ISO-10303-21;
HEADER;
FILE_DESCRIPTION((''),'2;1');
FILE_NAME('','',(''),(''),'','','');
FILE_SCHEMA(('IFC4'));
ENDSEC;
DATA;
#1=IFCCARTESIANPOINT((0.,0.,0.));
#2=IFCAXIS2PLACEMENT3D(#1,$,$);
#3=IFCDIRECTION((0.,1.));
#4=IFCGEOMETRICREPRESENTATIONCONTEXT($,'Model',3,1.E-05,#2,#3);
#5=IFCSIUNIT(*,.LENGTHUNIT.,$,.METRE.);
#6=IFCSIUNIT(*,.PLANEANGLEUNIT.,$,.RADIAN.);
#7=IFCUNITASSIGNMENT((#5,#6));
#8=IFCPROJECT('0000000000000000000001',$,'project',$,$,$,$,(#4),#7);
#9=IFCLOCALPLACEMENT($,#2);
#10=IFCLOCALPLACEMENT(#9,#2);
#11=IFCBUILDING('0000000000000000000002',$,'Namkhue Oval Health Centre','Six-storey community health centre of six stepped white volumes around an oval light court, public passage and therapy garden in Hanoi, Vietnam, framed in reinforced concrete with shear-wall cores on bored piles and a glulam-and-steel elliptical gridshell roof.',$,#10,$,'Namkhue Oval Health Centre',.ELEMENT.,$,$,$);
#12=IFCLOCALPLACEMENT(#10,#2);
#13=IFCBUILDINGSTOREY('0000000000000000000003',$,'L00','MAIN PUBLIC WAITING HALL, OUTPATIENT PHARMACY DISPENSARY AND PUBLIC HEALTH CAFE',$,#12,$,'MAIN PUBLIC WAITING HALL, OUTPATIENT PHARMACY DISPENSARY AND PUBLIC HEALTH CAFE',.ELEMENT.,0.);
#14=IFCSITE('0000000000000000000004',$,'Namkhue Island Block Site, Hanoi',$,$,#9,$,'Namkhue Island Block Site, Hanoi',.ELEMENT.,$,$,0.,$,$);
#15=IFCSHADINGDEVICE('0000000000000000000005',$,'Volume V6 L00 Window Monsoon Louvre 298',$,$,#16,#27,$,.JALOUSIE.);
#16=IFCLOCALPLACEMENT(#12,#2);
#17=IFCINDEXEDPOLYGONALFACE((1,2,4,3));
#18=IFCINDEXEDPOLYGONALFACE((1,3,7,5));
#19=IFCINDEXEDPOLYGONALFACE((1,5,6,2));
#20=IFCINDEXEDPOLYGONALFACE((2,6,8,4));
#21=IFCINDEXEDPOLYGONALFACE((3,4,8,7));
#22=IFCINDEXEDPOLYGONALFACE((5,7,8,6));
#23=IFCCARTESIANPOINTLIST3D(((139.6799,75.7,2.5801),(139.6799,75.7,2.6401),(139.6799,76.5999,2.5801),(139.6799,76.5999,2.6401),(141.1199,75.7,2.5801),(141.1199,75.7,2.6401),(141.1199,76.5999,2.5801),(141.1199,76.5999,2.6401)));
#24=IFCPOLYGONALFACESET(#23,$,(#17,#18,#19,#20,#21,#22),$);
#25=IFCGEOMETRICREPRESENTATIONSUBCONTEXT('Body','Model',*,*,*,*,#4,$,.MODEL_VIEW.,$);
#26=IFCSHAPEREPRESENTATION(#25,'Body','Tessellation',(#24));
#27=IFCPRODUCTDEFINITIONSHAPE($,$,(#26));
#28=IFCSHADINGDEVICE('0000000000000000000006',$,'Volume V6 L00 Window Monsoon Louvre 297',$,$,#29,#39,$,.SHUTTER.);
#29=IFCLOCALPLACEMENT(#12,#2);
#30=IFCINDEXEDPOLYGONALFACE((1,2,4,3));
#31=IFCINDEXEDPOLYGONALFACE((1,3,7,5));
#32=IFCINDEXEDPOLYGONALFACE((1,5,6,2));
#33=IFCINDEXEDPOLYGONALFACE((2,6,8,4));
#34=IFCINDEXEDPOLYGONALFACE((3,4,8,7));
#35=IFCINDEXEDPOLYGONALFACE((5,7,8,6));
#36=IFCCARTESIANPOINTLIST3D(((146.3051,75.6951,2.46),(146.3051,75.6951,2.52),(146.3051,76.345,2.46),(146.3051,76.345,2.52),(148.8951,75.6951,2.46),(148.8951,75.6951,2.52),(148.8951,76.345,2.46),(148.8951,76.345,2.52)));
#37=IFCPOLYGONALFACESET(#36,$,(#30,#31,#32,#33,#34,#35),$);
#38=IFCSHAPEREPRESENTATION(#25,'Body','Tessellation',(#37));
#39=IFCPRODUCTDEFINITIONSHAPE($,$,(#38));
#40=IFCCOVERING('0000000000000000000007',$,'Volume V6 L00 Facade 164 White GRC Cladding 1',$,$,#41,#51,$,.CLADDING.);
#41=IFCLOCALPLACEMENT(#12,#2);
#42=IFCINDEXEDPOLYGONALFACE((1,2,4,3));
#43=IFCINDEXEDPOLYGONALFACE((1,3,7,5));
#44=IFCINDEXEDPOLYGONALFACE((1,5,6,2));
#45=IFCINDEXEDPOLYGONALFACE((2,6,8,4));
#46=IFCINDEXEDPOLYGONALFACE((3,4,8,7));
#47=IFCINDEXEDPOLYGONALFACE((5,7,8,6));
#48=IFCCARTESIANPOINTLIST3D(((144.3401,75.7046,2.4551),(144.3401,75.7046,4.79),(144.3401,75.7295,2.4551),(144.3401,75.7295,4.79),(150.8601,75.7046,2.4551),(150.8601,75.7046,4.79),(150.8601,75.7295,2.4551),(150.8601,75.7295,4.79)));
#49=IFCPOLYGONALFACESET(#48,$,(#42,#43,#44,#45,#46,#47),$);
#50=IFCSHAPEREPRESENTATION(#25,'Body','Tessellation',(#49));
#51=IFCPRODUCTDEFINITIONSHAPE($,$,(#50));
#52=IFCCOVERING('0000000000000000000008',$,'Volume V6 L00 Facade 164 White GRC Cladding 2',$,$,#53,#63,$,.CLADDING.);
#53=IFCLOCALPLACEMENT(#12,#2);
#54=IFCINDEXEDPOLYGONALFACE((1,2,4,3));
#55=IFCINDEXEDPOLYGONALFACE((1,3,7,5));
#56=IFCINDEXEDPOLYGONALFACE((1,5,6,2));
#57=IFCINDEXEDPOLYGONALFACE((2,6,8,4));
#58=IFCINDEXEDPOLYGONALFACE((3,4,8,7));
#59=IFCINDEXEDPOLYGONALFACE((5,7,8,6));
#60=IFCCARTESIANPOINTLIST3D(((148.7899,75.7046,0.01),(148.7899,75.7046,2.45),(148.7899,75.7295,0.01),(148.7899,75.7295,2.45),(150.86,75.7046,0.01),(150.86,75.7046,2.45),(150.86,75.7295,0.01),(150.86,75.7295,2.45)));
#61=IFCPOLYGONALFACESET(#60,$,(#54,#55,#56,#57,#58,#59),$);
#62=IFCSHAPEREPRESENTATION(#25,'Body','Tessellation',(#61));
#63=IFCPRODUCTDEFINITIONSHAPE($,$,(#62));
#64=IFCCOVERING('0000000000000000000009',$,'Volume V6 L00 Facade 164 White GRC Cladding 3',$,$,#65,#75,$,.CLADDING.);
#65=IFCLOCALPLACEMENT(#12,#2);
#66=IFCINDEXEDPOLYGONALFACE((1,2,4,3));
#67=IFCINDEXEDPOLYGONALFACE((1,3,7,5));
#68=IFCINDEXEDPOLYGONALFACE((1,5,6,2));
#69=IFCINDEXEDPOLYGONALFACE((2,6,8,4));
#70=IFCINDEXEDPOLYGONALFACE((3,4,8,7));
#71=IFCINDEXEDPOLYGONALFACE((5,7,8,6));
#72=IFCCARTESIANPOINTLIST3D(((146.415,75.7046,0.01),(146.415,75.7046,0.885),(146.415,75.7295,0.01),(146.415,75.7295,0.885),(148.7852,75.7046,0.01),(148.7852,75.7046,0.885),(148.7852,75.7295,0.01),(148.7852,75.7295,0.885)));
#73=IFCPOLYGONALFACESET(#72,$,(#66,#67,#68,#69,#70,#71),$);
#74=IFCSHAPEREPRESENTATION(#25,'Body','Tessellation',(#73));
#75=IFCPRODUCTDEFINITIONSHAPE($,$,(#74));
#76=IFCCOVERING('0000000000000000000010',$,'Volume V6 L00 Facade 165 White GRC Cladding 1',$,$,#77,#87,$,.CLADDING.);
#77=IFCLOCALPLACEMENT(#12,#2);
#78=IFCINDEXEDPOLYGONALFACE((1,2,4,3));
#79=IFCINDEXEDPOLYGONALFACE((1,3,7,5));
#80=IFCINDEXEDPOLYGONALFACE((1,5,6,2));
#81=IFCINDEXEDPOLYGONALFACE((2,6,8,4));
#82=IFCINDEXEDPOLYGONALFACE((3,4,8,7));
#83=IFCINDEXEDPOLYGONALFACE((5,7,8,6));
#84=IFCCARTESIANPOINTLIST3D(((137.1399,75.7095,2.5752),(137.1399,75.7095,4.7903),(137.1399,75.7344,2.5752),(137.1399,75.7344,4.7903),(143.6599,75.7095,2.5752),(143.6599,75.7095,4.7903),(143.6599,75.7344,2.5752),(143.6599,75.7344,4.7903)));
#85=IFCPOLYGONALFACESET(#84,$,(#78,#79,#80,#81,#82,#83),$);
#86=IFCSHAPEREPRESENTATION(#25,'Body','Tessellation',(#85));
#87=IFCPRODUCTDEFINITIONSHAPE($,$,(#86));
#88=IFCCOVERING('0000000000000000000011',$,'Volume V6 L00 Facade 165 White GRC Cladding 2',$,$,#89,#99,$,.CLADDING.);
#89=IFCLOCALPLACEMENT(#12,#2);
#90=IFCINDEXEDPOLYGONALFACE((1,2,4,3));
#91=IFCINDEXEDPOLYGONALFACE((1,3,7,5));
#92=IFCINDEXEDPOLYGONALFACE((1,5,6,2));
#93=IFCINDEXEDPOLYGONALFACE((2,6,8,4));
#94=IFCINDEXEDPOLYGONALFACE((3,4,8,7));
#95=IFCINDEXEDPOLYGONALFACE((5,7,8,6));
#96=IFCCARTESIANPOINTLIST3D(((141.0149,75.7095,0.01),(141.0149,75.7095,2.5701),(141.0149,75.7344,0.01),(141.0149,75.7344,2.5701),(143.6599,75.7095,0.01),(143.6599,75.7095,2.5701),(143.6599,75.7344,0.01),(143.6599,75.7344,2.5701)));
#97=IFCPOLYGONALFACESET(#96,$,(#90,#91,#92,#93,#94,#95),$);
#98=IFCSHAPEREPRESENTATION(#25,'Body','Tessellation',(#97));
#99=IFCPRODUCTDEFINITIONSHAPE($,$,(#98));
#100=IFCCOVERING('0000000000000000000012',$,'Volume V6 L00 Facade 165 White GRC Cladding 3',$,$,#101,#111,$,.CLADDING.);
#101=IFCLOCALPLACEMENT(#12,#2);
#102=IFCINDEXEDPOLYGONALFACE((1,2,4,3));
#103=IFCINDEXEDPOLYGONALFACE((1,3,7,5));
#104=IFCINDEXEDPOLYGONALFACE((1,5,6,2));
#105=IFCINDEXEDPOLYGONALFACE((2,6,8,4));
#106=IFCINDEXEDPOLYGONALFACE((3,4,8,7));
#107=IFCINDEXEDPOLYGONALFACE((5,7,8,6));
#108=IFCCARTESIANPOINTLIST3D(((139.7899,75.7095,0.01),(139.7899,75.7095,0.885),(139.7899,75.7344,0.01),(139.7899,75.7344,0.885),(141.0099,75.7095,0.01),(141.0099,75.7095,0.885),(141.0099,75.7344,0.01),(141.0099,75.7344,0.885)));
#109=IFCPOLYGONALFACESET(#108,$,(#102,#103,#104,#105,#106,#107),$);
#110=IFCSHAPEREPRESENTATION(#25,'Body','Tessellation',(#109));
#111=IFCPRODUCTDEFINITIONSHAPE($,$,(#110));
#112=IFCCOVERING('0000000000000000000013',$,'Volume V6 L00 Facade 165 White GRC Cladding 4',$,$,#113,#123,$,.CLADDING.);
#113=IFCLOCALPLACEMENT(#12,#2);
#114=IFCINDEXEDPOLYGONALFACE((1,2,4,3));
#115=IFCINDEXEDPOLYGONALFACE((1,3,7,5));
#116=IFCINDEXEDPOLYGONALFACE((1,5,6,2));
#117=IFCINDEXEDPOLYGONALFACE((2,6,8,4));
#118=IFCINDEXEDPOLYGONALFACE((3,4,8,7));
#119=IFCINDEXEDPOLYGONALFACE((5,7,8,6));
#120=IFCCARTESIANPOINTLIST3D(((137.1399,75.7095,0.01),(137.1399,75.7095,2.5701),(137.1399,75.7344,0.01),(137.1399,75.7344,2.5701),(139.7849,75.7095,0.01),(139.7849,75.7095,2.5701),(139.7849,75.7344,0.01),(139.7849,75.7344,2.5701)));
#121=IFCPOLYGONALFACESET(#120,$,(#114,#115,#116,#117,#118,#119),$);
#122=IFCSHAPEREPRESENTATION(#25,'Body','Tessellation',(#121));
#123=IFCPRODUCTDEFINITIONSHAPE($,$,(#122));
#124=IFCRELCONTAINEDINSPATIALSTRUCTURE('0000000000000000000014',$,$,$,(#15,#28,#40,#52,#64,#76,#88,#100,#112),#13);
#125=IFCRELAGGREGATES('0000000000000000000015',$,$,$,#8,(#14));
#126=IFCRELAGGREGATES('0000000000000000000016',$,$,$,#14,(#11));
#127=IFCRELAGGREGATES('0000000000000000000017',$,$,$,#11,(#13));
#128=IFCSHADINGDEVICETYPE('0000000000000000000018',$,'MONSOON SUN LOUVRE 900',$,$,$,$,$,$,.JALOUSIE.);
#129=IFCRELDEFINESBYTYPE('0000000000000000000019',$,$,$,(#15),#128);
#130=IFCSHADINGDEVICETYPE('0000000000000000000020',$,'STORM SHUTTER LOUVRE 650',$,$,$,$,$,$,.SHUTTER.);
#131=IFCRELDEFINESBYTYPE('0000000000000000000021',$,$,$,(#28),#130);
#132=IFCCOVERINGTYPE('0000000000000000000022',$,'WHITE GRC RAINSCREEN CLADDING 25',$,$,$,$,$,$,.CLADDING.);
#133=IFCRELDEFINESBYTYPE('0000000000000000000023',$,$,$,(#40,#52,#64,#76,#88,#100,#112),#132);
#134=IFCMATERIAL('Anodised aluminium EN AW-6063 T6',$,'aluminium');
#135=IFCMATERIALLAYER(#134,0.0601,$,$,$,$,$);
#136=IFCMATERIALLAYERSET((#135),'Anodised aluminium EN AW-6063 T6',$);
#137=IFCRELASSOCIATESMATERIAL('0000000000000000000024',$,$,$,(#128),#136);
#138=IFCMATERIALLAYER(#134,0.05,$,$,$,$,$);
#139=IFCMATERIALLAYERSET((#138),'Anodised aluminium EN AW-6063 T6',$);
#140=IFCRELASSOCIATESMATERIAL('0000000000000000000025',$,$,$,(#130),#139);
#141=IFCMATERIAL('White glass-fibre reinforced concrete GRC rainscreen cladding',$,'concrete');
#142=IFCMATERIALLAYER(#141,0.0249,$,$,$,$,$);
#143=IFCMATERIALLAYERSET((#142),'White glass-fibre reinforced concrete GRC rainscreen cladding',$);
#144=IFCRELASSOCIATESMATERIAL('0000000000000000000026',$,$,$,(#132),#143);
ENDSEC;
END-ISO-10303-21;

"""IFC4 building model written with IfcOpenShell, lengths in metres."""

from ifc_helpers import new_model, si_unit, direction, frame, origin, origin_2d, place, context, subcontext, project, spatial, rectangle, extrude, material, layer, layer_set, type_object, element, save


model = new_model("IFC4")

# Units and contexts
model_context = context("Model", 3, precision=1e-05, world=origin(), true_north=direction((0.0, 1.0)))
body_context = subcontext(model_context, "Body", "Model", "MODEL_VIEW")
ifc_project = project(units=[si_unit("LENGTHUNIT", "METRE"), si_unit("PLANEANGLEUNIT", "RADIAN")], contexts=[model_context])

# Site, building, storey
site_placement = place(None, origin())
site = spatial("IfcSite", under=ifc_project, at=site_placement, Name="Namkhue Island Block Site, Hanoi", LongName="Namkhue Island Block Site, Hanoi", CompositionType="ELEMENT", RefElevation=0.0)
building_placement = place(site_placement, origin())
building = spatial("IfcBuilding", under=site, at=building_placement, Name="Namkhue Oval Health Centre", Description="Six-storey community health centre of six stepped white volumes around an oval light court, public passage and therapy garden in Hanoi, Vietnam, framed in reinforced concrete with shear-wall cores on bored piles and a glulam-and-steel elliptical gridshell roof.", LongName="Namkhue Oval Health Centre", CompositionType="ELEMENT")
storey_placement = place(building_placement, origin())
storey = spatial("IfcBuildingStorey", under=building, at=storey_placement, Name="L00", Description="MAIN PUBLIC WAITING HALL, OUTPATIENT PHARMACY DISPENSARY AND PUBLIC HEALTH CAFE", LongName="MAIN PUBLIC WAITING HALL, OUTPATIENT PHARMACY DISPENSARY AND PUBLIC HEALTH CAFE", CompositionType="ELEMENT", Elevation=0.0)

# Shading devices
ifc_material_1 = material(Name="Anodised aluminium EN AW-6063 T6", Category="aluminium")
ifc_layer_1 = layer(ifc_material_1, 0.0601)
ifc_layer_set_1 = layer_set([ifc_layer_1], Name="Anodised aluminium EN AW-6063 T6")
shading_device_type_1 = type_object("IfcShadingDeviceType", Name="MONSOON SUN LOUVRE 900", PredefinedType="JALOUSIE", material=ifc_layer_set_1)
shading_device_1_placement = place(storey_placement, frame((140.3999, 76.1499, 2.5801), z_axis=(0.0, 0.0, 1.0), x_axis=(-1.0, 0.0, 0.0)))
element("IfcShadingDevice", 1, at=shading_device_1_placement, inside=storey, type_object=shading_device_type_1, Name="Volume V6 L00 Window Monsoon Louvre 298", PredefinedType="JALOUSIE", context=body_context, shape_type="SweptSolid", body=[
    extrude(rectangle(XDim=1.4399, YDim=0.8999, at=origin_2d()), origin(), (0.0, 0.0, 1.0), 0.0601),
])
ifc_layer_2 = layer(ifc_material_1, 0.05)
ifc_layer_set_2 = layer_set([ifc_layer_2], Name="Anodised aluminium EN AW-6063 T6")
shading_device_type_2 = type_object("IfcShadingDeviceType", Name="STORM SHUTTER LOUVRE 650", PredefinedType="SHUTTER", material=ifc_layer_set_2)
shading_device_2_placement = place(storey_placement, frame((147.6001, 76.02, 2.46), z_axis=(0.0, 0.0, 1.0), x_axis=(-1.0, 0.0, 0.0)))
element("IfcShadingDevice", 2, at=shading_device_2_placement, inside=storey, type_object=shading_device_type_2, Name="Volume V6 L00 Window Monsoon Louvre 297", PredefinedType="SHUTTER", context=body_context, shape_type="SweptSolid", body=[
    extrude(rectangle(XDim=2.5901, YDim=0.6499, at=origin_2d()), origin(), (0.0, 0.0, 1.0), 0.0601),
])

# Coverings
ifc_material_2 = material(Name="White glass-fibre reinforced concrete GRC rainscreen cladding", Category="concrete")
ifc_layer_3 = layer(ifc_material_2, 0.0249)
ifc_layer_set_3 = layer_set([ifc_layer_3], Name="White glass-fibre reinforced concrete GRC rainscreen cladding")
covering_type = type_object("IfcCoveringType", Name="WHITE GRC RAINSCREEN CLADDING 25", PredefinedType="CLADDING", material=ifc_layer_set_3)
covering_1_placement = place(storey_placement, frame((147.6001, 75.717, 2.4551), z_axis=(0.0, 0.0, 1.0), x_axis=(-1.0, 0.0, 0.0)))
element("IfcCovering", 3, at=covering_1_placement, inside=storey, type_object=covering_type, Name="Volume V6 L00 Facade 164 White GRC Cladding 1", PredefinedType="CLADDING", context=body_context, shape_type="SweptSolid", body=[
    extrude(rectangle(XDim=6.52, YDim=0.0249, at=origin_2d()), origin(), (0.0, 0.0, 1.0), 2.335),
])
covering_2_placement = place(storey_placement, frame((149.825, 75.717, 0.01), z_axis=(0.0, 0.0, 1.0), x_axis=(-1.0, 0.0, 0.0)))
element("IfcCovering", 4, at=covering_2_placement, inside=storey, type_object=covering_type, Name="Volume V6 L00 Facade 164 White GRC Cladding 2", PredefinedType="CLADDING", context=body_context, shape_type="SweptSolid", body=[
    extrude(rectangle(XDim=2.0701, YDim=0.0249, at=origin_2d()), origin(), (0.0, 0.0, 1.0), 2.4399),
])
covering_3_placement = place(storey_placement, frame((147.6001, 75.717, 0.01), z_axis=(0.0, 0.0, 1.0), x_axis=(-1.0, 0.0, 0.0)))
element("IfcCovering", 5, at=covering_3_placement, inside=storey, type_object=covering_type, Name="Volume V6 L00 Facade 164 White GRC Cladding 3", PredefinedType="CLADDING", context=body_context, shape_type="SweptSolid", body=[
    extrude(rectangle(XDim=2.3701, YDim=0.0249, at=origin_2d()), origin(), (0.0, 0.0, 1.0), 0.875),
])
covering_4_placement = place(storey_placement, frame((140.3999, 75.7219, 2.5752), z_axis=(0.0, 0.0, 1.0), x_axis=(-1.0, 0.0, 0.0)))
element("IfcCovering", 6, at=covering_4_placement, inside=storey, type_object=covering_type, Name="Volume V6 L00 Facade 165 White GRC Cladding 1", PredefinedType="CLADDING", context=body_context, shape_type="SweptSolid", body=[
    extrude(rectangle(XDim=6.52, YDim=0.0249, at=origin_2d()), origin(), (0.0, 0.0, 1.0), 2.2151),
])
covering_5_placement = place(storey_placement, frame((142.3374, 75.7219, 0.01), z_axis=(0.0, 0.0, 1.0), x_axis=(-1.0, 0.0, 0.0)))
element("IfcCovering", 7, at=covering_5_placement, inside=storey, type_object=covering_type, Name="Volume V6 L00 Facade 165 White GRC Cladding 2", PredefinedType="CLADDING", context=body_context, shape_type="SweptSolid", body=[
    extrude(rectangle(XDim=2.645, YDim=0.0249, at=origin_2d()), origin(), (0.0, 0.0, 1.0), 2.5601),
])
covering_6_placement = place(storey_placement, frame((140.3999, 75.7219, 0.01), z_axis=(0.0, 0.0, 1.0), x_axis=(-1.0, 0.0, 0.0)))
element("IfcCovering", 8, at=covering_6_placement, inside=storey, type_object=covering_type, Name="Volume V6 L00 Facade 165 White GRC Cladding 3", PredefinedType="CLADDING", context=body_context, shape_type="SweptSolid", body=[
    extrude(rectangle(XDim=1.22, YDim=0.0249, at=origin_2d()), origin(), (0.0, 0.0, 1.0), 0.875),
])
covering_7_placement = place(storey_placement, frame((138.4624, 75.7219, 0.01), z_axis=(0.0, 0.0, 1.0), x_axis=(-1.0, 0.0, 0.0)))
element("IfcCovering", 9, at=covering_7_placement, inside=storey, type_object=covering_type, Name="Volume V6 L00 Facade 165 White GRC Cladding 4", PredefinedType="CLADDING", context=body_context, shape_type="SweptSolid", body=[
    extrude(rectangle(XDim=2.645, YDim=0.0249, at=origin_2d()), origin(), (0.0, 0.0, 1.0), 2.5601),
])

save(model, "model.ifc")
